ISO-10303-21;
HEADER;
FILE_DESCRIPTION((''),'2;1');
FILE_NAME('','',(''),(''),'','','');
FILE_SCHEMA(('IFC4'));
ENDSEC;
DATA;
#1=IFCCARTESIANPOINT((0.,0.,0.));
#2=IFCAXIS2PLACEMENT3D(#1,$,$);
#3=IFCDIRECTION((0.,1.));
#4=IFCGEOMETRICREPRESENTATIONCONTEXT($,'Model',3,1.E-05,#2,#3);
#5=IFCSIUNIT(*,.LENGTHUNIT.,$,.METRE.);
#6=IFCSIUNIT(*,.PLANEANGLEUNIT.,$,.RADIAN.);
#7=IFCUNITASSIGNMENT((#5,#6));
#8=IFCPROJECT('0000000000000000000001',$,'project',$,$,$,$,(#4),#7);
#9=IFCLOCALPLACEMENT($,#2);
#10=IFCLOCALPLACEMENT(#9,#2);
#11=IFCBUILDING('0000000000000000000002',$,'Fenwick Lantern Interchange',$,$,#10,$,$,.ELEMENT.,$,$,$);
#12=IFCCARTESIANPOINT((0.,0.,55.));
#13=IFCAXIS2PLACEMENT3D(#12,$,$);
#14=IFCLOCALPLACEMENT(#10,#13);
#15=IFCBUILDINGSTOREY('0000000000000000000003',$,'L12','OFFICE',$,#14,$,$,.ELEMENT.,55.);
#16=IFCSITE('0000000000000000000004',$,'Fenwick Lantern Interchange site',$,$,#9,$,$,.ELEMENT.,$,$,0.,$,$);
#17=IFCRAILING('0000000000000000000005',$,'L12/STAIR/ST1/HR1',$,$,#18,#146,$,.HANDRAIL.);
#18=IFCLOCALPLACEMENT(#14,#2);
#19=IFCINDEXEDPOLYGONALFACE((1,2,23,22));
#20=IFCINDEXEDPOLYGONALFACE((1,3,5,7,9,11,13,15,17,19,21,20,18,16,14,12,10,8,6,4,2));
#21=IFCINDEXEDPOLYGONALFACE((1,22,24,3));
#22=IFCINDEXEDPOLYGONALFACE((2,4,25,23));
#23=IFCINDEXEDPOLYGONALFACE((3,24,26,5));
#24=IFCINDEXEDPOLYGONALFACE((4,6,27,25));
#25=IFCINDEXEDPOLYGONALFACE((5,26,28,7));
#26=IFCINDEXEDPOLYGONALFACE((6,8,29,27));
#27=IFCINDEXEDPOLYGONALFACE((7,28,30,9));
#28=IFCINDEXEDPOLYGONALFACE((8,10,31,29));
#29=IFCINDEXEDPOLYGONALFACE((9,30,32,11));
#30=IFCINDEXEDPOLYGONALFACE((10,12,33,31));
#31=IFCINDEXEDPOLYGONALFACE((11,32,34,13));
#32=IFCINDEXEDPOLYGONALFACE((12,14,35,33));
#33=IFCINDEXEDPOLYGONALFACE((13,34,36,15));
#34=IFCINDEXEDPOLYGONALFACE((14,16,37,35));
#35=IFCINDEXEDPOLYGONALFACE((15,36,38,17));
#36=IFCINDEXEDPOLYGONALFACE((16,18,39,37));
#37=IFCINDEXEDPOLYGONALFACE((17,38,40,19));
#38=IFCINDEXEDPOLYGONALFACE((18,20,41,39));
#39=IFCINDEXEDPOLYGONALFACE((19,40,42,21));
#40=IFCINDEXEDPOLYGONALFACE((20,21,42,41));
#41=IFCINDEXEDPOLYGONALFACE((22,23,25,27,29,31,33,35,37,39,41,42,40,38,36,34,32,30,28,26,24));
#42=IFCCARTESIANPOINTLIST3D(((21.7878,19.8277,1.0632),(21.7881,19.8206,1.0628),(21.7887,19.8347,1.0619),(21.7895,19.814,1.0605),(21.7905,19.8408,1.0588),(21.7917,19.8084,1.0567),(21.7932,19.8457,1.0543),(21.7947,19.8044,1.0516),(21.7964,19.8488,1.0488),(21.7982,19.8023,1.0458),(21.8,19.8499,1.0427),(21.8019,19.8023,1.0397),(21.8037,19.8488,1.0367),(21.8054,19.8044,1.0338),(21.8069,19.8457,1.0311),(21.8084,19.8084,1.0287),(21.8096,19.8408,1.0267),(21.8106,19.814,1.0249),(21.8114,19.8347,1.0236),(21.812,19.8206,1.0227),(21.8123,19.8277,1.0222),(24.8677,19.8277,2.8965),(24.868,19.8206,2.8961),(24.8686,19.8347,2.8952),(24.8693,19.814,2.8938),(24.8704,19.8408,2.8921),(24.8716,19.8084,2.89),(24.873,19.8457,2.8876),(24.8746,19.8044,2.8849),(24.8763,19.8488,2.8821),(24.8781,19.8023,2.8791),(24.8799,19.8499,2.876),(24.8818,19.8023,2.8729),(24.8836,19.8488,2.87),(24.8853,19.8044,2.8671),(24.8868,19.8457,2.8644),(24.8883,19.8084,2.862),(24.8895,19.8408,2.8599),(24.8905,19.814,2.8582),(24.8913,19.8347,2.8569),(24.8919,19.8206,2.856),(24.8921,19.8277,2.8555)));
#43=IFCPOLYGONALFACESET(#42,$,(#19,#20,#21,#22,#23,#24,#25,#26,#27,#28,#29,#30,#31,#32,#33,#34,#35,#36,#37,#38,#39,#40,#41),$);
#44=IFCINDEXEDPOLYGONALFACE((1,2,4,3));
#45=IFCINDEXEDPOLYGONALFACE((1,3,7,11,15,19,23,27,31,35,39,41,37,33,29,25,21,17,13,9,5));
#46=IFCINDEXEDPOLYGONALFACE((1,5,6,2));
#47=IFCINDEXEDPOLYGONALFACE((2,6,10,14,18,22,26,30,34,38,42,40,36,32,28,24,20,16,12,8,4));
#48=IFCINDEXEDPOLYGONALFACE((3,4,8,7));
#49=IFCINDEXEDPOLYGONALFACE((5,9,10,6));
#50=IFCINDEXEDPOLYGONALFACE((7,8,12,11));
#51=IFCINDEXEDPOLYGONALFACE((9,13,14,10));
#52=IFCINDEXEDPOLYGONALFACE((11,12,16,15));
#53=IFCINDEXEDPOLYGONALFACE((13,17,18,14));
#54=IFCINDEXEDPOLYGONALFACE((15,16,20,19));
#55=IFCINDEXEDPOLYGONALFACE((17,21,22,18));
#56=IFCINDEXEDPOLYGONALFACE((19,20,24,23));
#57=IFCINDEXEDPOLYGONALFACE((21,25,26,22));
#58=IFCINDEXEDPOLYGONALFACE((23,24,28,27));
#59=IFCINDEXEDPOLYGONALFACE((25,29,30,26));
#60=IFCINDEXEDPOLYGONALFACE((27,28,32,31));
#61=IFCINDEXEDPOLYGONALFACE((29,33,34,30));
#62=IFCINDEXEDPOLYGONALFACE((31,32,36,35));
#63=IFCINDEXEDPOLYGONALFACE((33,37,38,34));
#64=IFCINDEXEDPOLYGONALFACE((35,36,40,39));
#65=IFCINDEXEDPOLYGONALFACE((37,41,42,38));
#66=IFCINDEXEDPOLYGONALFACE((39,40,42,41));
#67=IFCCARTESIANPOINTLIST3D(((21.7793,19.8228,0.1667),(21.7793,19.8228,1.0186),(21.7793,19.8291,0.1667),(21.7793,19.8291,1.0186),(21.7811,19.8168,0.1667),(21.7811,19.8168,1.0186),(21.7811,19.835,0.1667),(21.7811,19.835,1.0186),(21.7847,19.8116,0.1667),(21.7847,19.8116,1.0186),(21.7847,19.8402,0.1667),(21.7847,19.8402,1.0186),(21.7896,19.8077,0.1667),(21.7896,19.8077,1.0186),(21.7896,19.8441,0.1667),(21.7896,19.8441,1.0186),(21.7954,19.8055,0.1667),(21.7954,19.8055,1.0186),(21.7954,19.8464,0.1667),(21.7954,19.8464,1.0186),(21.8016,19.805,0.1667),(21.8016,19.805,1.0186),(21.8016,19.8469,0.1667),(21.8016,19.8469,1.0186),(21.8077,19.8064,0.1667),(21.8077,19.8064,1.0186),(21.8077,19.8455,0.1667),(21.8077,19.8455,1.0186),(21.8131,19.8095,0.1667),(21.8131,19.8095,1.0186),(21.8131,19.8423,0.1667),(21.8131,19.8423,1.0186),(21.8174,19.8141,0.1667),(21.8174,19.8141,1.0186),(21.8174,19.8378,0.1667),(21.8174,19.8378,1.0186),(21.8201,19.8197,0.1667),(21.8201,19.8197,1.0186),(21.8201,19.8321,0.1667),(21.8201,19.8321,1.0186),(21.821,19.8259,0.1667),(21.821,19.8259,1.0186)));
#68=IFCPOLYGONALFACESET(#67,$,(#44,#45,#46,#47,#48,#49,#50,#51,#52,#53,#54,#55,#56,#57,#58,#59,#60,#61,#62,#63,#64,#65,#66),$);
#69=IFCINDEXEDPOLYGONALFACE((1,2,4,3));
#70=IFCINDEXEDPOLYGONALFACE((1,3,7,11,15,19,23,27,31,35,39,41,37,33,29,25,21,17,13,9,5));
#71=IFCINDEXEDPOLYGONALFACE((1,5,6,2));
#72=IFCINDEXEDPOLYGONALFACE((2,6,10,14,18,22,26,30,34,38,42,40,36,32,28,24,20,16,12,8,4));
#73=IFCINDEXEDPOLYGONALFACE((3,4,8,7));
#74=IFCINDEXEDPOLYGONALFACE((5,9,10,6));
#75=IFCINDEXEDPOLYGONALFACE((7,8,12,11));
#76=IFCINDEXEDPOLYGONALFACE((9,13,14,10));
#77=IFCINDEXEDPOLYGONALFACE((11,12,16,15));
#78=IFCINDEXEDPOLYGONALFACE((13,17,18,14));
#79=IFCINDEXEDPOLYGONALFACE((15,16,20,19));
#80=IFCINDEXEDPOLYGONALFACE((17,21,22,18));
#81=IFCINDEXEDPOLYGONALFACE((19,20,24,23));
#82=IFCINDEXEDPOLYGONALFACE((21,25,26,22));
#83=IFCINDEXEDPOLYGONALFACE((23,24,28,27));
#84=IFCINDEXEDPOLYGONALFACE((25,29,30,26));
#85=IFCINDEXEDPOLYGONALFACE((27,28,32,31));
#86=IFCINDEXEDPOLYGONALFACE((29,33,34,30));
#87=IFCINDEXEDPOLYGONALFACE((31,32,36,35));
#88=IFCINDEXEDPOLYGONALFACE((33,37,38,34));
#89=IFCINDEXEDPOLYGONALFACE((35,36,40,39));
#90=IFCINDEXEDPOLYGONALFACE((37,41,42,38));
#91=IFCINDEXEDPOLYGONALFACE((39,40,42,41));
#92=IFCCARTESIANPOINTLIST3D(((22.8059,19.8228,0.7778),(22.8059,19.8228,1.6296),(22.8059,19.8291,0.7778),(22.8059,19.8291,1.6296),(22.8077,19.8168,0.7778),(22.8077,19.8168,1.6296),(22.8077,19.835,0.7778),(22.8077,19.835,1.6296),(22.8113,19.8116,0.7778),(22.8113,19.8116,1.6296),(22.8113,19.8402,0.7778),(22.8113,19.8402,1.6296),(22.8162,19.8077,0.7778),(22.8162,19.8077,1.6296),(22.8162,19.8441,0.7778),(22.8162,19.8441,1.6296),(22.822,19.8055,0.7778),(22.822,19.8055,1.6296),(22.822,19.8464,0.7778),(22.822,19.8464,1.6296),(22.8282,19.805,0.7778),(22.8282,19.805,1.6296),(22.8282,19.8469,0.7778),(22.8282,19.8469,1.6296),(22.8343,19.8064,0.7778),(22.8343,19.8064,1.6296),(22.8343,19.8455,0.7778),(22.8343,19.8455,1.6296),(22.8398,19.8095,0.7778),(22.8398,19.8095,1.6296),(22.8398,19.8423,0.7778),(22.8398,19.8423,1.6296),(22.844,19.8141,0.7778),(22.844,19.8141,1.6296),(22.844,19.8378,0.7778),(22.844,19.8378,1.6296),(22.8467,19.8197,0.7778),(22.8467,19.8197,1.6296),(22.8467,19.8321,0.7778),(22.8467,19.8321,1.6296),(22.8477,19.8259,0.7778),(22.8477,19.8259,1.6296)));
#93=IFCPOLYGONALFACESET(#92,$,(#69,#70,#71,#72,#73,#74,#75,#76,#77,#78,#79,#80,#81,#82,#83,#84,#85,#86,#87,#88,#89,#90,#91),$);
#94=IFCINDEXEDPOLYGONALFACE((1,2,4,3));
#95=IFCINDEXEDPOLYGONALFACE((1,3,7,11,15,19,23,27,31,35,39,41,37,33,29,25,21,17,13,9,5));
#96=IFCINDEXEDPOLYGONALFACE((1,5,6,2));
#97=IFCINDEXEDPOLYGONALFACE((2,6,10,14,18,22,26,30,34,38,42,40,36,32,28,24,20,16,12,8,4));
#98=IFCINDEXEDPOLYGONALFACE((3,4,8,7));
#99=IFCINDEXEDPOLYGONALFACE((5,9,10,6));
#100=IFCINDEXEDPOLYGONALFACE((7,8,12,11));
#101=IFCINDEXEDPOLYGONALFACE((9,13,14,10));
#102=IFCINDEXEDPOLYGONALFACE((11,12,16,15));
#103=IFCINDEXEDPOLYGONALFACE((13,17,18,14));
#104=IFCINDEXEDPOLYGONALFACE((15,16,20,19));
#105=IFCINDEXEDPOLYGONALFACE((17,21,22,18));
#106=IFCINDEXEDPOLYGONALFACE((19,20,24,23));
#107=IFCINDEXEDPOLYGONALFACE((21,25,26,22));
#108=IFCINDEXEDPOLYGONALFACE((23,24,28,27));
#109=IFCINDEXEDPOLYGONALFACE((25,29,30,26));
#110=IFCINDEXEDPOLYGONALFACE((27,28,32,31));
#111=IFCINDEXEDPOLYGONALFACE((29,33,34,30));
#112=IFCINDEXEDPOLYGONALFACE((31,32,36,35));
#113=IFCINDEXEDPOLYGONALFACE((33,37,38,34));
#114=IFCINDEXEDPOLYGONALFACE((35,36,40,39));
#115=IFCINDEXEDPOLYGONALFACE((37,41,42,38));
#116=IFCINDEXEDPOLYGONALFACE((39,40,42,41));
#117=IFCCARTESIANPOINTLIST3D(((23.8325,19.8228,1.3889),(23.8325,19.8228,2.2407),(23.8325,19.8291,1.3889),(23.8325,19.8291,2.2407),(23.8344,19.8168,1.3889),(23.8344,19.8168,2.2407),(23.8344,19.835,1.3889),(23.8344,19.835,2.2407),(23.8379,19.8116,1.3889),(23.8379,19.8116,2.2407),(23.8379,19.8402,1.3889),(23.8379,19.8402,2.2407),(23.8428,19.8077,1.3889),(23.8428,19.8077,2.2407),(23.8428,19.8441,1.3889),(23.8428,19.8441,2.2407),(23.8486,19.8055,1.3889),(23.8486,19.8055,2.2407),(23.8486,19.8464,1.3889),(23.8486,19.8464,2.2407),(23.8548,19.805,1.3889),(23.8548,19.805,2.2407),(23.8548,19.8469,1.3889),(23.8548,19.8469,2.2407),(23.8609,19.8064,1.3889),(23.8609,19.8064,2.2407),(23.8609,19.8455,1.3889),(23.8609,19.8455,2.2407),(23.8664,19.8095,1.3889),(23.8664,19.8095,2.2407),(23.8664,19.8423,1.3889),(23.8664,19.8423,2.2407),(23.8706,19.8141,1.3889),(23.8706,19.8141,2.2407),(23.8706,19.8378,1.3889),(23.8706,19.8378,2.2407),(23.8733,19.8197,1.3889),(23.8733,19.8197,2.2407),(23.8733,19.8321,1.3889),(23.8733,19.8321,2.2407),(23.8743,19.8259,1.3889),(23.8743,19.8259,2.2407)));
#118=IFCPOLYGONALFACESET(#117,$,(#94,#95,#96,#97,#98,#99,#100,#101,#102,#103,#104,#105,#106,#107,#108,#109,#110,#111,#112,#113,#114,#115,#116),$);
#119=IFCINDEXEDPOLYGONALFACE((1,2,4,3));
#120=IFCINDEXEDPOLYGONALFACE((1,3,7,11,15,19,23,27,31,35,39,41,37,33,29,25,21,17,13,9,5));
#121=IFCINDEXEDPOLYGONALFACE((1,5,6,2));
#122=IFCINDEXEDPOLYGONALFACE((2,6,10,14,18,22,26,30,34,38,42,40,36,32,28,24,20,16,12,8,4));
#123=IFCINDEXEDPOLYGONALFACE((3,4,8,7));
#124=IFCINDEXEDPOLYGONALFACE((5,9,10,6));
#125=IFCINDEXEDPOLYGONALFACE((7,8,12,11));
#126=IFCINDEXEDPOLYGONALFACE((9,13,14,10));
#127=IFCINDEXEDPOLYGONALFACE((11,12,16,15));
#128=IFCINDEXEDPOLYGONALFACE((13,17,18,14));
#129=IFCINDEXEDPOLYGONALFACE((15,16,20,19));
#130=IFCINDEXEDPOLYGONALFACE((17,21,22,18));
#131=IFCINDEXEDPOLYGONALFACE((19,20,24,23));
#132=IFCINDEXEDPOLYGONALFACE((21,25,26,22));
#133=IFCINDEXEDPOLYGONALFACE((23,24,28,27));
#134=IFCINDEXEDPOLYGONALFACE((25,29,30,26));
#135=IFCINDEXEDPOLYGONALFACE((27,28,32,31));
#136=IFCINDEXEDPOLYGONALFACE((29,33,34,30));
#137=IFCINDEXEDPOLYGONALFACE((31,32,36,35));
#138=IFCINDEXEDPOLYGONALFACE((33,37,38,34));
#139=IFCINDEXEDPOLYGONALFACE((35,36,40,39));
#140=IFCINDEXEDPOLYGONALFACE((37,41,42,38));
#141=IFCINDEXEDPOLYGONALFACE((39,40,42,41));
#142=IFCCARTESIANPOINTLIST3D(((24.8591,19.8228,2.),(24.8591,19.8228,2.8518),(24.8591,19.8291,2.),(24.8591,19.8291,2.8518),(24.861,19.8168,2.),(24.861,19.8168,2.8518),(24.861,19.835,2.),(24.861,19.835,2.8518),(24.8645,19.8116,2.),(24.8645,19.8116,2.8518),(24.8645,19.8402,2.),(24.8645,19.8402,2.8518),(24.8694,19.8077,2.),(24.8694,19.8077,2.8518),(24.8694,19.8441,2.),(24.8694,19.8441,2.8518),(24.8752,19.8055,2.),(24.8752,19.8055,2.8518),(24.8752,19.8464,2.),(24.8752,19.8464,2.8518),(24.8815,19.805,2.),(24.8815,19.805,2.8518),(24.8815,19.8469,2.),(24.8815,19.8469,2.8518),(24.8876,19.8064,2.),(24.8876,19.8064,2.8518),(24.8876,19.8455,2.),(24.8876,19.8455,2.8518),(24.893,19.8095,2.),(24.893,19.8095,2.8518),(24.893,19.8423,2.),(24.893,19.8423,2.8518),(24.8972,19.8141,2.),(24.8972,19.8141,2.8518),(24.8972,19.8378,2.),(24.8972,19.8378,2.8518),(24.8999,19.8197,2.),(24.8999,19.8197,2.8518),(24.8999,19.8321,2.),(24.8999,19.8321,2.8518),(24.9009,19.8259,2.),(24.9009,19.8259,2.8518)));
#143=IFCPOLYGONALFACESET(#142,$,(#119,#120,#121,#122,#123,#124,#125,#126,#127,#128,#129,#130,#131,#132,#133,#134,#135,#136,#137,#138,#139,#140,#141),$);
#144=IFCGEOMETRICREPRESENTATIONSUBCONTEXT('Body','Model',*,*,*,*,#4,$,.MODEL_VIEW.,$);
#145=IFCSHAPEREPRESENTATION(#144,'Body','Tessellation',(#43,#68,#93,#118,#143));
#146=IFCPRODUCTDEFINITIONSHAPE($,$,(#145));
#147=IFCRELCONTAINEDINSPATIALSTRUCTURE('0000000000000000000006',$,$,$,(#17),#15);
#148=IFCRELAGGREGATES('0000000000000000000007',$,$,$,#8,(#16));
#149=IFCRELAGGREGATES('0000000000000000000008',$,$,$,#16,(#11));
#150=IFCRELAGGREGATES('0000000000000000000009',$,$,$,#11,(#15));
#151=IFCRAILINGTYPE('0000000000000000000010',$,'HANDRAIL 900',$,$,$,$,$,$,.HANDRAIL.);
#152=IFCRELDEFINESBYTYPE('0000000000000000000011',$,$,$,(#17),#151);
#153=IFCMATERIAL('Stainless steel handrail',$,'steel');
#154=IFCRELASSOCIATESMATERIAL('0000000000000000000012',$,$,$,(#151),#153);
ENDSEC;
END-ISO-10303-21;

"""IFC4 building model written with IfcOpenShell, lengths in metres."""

from ifc_helpers import new_model, si_unit, direction, frame, origin, origin_2d, place, context, subcontext, project, spatial, circle, extrude, material, type_object, element, save


model = new_model("IFC4")

# Units and contexts
model_context = context("Model", 3, precision=1e-05, world=origin(), true_north=direction((0.0, 1.0)))
body_context = subcontext(model_context, "Body", "Model", "MODEL_VIEW")
ifc_project = project(units=[si_unit("LENGTHUNIT", "METRE"), si_unit("PLANEANGLEUNIT", "RADIAN")], contexts=[model_context])

# Site, building, storey
site_placement = place(None, origin())
site = spatial("IfcSite", under=ifc_project, at=site_placement, Name="Fenwick Lantern Interchange site", CompositionType="ELEMENT", RefElevation=0.0)
building_placement = place(site_placement, origin())
building = spatial("IfcBuilding", under=site, at=building_placement, Name="Fenwick Lantern Interchange", CompositionType="ELEMENT")
storey_placement = place(building_placement, frame((0.0, 0.0, 55.0)))
storey = spatial("IfcBuildingStorey", under=building, at=storey_placement, Name="L12", Description="OFFICE", CompositionType="ELEMENT", Elevation=55.0)

# Railing
ifc_material_1 = material(Name="Stainless steel handrail", Category="steel")
railing_type = type_object("IfcRailingType", Name="HANDRAIL 900", PredefinedType="HANDRAIL", material=ifc_material_1)
railing_1_placement = place(storey_placement, frame((21.8, 19.8259, 0.1667)))
element("IfcRailing", 1, at=railing_1_placement, inside=storey, type_object=railing_type, Name="L12/STAIR/ST1/HR1", PredefinedType="HANDRAIL", context=body_context, shape_type="SweptSolid", body=[
    extrude(circle(Radius=0.0239, at=origin_2d()), frame((0.0, 0.0, 0.876), z_axis=(0.859291, 0.0, 0.511487), x_axis=(0.0, 1.0, 0.0)), (0.0, 0.0, 1.0), 3.5842),
    extrude(circle(Radius=0.021, at=origin_2d()), origin(), (0.0, 0.0, 1.0), 0.8518),
    extrude(circle(Radius=0.021, at=origin_2d()), frame((1.0266, 0.0, 0.6111)), (0.0, 0.0, 1.0), 0.8518),
    extrude(circle(Radius=0.021, at=origin_2d()), frame((2.0532, 0.0, 1.2222)), (0.0, 0.0, 1.0), 0.8518),
    extrude(circle(Radius=0.021, at=origin_2d()), frame((3.0798, 0.0, 1.8333)), (0.0, 0.0, 1.0), 0.8518),
])

save(model, "model.ifc")
